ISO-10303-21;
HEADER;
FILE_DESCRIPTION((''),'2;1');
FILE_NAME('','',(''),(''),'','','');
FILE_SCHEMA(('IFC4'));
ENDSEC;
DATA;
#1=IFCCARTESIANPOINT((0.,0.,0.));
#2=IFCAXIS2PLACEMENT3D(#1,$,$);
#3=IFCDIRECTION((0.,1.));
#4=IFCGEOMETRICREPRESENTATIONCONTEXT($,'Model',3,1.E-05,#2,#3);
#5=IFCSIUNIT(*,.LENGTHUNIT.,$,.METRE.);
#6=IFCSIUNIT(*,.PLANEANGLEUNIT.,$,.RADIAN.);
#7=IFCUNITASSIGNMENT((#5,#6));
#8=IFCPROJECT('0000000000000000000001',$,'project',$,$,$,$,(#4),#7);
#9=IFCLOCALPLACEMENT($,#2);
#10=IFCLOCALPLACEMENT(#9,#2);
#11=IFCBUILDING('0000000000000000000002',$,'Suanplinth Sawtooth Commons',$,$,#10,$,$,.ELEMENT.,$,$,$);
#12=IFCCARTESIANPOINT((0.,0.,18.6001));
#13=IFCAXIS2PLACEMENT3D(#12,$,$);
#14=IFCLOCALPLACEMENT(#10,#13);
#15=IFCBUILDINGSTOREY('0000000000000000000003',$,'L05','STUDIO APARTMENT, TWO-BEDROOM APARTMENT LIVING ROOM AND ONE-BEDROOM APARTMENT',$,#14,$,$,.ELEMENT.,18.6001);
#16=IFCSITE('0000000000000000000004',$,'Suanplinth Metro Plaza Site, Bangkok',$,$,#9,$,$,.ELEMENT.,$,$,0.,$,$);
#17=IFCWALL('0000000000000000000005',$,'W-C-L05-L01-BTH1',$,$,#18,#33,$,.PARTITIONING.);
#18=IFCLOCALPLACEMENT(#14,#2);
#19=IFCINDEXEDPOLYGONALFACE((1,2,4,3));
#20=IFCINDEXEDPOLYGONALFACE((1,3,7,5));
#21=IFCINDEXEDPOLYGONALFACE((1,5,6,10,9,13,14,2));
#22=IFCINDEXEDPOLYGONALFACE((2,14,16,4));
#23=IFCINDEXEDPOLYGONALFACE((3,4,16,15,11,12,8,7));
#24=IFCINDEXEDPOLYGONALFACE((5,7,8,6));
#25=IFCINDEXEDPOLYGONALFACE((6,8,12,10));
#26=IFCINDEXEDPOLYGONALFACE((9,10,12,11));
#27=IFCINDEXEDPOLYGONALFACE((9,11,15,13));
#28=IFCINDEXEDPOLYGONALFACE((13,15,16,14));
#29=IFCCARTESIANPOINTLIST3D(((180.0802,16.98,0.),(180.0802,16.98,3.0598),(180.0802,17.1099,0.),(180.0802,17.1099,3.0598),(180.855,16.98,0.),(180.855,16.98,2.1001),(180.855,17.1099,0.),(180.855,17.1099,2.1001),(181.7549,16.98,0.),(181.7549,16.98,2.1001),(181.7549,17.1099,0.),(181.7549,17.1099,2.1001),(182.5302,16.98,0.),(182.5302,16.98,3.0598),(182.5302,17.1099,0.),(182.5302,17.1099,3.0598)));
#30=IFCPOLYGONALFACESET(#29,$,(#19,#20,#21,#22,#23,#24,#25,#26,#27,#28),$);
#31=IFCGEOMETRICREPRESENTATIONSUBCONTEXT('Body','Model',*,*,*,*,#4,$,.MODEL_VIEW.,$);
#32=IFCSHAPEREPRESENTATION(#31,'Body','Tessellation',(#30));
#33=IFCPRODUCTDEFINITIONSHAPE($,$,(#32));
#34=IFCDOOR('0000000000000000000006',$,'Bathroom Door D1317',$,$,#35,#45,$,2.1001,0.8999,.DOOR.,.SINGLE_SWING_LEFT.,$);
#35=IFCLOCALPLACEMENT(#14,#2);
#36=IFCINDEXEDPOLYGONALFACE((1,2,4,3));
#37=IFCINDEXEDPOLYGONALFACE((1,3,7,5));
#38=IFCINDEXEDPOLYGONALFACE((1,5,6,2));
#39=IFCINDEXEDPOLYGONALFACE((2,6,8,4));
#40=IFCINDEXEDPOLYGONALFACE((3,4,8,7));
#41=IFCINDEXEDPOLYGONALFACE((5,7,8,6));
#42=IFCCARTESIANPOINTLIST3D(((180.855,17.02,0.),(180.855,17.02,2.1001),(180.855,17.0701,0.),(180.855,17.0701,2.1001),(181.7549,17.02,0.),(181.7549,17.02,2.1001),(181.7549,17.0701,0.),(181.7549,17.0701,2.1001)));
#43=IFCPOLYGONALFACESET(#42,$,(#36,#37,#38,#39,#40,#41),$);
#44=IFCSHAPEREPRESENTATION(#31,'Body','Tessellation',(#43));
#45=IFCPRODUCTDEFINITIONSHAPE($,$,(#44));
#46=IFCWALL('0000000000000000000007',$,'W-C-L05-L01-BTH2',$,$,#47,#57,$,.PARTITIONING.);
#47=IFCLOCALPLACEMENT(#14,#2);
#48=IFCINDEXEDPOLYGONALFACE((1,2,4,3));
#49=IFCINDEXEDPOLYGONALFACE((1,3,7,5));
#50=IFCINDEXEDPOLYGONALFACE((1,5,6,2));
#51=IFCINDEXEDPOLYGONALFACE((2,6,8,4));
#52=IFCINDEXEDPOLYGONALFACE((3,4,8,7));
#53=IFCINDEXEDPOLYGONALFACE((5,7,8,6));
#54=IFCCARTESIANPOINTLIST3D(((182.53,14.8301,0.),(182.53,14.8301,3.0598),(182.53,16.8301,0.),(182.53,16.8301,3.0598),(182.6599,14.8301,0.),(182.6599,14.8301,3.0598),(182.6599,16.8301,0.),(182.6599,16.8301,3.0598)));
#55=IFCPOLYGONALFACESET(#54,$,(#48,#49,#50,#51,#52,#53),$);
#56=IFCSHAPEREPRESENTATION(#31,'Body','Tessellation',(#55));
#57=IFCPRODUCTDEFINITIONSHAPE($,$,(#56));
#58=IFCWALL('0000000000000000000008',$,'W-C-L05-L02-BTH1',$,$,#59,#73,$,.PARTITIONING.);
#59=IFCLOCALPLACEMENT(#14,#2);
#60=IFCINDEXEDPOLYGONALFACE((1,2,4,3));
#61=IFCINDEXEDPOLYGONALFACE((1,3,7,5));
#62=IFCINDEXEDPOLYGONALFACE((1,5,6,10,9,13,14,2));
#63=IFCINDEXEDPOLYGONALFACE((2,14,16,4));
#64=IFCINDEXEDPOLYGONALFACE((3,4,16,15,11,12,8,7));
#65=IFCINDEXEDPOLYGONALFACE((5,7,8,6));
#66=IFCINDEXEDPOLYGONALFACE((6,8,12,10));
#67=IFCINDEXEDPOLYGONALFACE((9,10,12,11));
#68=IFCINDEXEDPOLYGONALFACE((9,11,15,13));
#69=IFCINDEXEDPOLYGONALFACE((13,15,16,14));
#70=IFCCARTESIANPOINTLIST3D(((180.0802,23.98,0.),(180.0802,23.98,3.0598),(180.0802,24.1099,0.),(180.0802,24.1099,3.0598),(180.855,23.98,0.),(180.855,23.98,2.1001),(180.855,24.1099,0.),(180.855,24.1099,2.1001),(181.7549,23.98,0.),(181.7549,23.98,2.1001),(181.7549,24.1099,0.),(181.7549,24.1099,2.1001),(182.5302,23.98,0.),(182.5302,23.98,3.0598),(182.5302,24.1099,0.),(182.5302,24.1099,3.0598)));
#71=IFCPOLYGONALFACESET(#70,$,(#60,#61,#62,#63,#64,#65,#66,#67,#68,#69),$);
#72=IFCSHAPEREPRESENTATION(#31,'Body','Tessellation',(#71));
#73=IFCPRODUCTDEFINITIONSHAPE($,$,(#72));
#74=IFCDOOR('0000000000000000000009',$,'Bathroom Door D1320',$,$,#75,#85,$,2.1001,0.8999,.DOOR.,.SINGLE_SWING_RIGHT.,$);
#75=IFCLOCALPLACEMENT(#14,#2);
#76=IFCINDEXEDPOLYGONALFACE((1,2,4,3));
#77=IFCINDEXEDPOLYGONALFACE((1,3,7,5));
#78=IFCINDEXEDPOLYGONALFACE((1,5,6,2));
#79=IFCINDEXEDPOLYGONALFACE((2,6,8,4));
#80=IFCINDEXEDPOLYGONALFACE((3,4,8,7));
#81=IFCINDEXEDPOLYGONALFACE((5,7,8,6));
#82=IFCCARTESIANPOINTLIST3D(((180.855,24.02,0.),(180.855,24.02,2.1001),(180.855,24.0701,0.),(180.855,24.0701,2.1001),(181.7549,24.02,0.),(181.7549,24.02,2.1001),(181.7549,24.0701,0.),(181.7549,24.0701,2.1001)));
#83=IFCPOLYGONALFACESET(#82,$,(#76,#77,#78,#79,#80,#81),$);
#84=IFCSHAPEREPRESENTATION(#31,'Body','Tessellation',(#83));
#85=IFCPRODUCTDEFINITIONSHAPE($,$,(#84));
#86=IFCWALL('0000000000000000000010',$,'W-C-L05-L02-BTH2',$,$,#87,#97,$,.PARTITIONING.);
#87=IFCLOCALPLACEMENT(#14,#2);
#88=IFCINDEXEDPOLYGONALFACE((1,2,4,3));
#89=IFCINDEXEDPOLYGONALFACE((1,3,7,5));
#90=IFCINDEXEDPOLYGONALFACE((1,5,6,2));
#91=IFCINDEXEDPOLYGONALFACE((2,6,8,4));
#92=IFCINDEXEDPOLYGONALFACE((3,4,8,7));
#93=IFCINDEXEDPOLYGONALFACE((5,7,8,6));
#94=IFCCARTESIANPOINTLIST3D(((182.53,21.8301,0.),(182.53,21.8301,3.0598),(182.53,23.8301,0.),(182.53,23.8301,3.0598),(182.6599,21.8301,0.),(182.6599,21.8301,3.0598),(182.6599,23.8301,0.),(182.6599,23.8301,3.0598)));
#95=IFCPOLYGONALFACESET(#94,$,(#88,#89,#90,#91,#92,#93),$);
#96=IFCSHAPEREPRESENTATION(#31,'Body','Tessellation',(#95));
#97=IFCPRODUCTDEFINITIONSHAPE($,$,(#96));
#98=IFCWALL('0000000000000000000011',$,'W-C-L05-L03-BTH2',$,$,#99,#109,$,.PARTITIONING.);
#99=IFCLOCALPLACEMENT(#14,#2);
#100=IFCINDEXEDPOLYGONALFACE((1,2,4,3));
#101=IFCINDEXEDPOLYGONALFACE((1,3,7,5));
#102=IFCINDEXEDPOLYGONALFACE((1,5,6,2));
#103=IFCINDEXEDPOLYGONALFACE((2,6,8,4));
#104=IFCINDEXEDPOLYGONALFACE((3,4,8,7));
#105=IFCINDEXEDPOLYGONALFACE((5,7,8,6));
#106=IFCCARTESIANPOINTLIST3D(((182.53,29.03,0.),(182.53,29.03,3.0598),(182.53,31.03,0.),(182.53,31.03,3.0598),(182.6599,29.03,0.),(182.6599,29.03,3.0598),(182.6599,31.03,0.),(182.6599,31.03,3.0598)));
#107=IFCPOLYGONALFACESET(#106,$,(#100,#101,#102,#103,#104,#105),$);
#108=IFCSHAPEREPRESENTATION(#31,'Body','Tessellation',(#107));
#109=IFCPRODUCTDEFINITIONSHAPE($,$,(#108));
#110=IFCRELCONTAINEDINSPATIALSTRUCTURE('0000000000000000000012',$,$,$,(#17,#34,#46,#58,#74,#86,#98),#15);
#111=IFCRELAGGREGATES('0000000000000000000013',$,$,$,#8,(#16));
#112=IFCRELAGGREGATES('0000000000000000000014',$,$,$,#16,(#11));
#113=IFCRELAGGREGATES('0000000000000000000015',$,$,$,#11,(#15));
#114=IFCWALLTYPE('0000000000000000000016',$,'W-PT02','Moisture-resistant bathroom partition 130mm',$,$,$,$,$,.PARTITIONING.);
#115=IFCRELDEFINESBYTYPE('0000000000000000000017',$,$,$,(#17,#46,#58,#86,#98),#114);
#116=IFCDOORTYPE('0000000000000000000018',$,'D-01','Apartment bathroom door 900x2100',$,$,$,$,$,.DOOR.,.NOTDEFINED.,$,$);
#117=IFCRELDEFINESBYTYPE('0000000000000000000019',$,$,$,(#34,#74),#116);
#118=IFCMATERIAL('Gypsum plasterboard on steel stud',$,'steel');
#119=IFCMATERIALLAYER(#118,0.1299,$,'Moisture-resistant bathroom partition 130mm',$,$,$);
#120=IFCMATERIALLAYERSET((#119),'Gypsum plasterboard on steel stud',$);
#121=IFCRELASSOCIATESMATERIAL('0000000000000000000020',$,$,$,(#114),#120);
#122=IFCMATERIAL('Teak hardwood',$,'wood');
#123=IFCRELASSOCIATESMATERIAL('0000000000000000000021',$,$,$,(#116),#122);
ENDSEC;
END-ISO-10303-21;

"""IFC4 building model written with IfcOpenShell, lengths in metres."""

from ifc_helpers import new_model, si_unit, direction, frame, frame_2d, origin, place, context, subcontext, project, spatial, rectangle, extrude, material, layer, layer_set, type_object, element, fill, save


model = new_model("IFC4")

# Units and contexts
model_context = context("Model", 3, precision=1e-05, world=origin(), true_north=direction((0.0, 1.0)))
body_context = subcontext(model_context, "Body", "Model", "MODEL_VIEW")
ifc_project = project(units=[si_unit("LENGTHUNIT", "METRE"), si_unit("PLANEANGLEUNIT", "RADIAN")], contexts=[model_context])

# Site, building, storey
site_placement = place(None, origin())
site = spatial("IfcSite", under=ifc_project, at=site_placement, Name="Suanplinth Metro Plaza Site, Bangkok", CompositionType="ELEMENT", RefElevation=0.0)
building_placement = place(site_placement, origin())
building = spatial("IfcBuilding", under=site, at=building_placement, Name="Suanplinth Sawtooth Commons", CompositionType="ELEMENT")
storey_placement = place(building_placement, frame((0.0, 0.0, 18.6001)))
storey = spatial("IfcBuildingStorey", under=building, at=storey_placement, Name="L05", Description="STUDIO APARTMENT, TWO-BEDROOM APARTMENT LIVING ROOM AND ONE-BEDROOM APARTMENT", CompositionType="ELEMENT", Elevation=18.6001)

# Wall, opening, door
ifc_material_1 = material(Name="Gypsum plasterboard on steel stud", Category="steel")
ifc_layer_1 = layer(ifc_material_1, 0.1299, Name="Moisture-resistant bathroom partition 130mm")
ifc_layer_set_1 = layer_set([ifc_layer_1], Name="Gypsum plasterboard on steel stud")
wall_type_1 = type_object("IfcWallType", Name="W-PT02", Description="Moisture-resistant bathroom partition 130mm", PredefinedType="PARTITIONING", material=ifc_layer_set_1)
wall_1_placement = place(storey_placement, frame((180.0801, 17.0449, 0.0), z_axis=(0.0, 0.0, 1.0), x_axis=(1.0, 0.0, 0.0)))
wall_1 = element("IfcWall", 1, at=wall_1_placement, inside=storey, type_object=wall_type_1, Name="W-C-L05-L01-BTH1", PredefinedType="PARTITIONING", context=body_context, shape_type="SweptSolid", body=[
    extrude(rectangle(XDim=2.45, YDim=0.1299, at=frame_2d((1.2251, 0.0))), origin(), (0.0, 0.0, 1.0), 3.0598),
])
opening_1_placement = place(wall_1_placement, frame((0.7749, 0.0, 0.0)))
opening_1 = element("IfcOpeningElement", 2, at=opening_1_placement, cuts=wall_1, PredefinedType="OPENING", context=body_context, shape_type="SweptSolid", body=[
    extrude(rectangle(XDim=0.8999, YDim=2.1001, at=frame_2d((0.45, 1.05))), frame((0.0, 0.0798, 0.0), z_axis=(0.0, -1.0, 0.0), x_axis=(1.0, 0.0, 0.0)), (0.0, 0.0, 1.0), 0.1597),
])
ifc_material_2 = material(Name="Teak hardwood", Category="wood")
door_type_1 = type_object("IfcDoorType", Name="D-01", Description="Apartment bathroom door 900x2100", OperationType="NOTDEFINED", PredefinedType="DOOR", material=ifc_material_2)
door_1_placement = place(opening_1_placement, frame((0.8999, 0.0, 0.0), z_axis=(0.0, 0.0, 1.0), x_axis=(-1.0, 0.0, 0.0)))
door_1 = element("IfcDoor", 3, at=door_1_placement, inside=storey, type_object=door_type_1, Name="Bathroom Door D1317", OperationType="SINGLE_SWING_LEFT", OverallHeight=2.1001, OverallWidth=0.8999, PredefinedType="DOOR", context=body_context, shape_type="SweptSolid", body=[
    extrude(rectangle(XDim=0.8999, YDim=2.1001, at=frame_2d((0.45, 1.05))), frame((0.0, 0.0249, 0.0), z_axis=(0.0, -1.0, 0.0), x_axis=(1.0, 0.0, 0.0)), (0.0, 0.0, 1.0), 0.05),
])
fill(opening_1, door_1)

# Wall
wall_2_placement = place(storey_placement, frame((182.595, 14.8301, 0.0), z_axis=(0.0, 0.0, 1.0), x_axis=(0.0, 1.0, 0.0)))
element("IfcWall", 4, at=wall_2_placement, inside=storey, type_object=wall_type_1, Name="W-C-L05-L01-BTH2", PredefinedType="PARTITIONING", context=body_context, shape_type="SweptSolid", body=[
    extrude(rectangle(XDim=2.0, YDim=0.1299, at=frame_2d((1.0, 0.0))), origin(), (0.0, 0.0, 1.0), 3.0598),
])

# Wall, opening, door
wall_3_placement = place(storey_placement, frame((180.0801, 24.0449, 0.0), z_axis=(0.0, 0.0, 1.0), x_axis=(1.0, 0.0, 0.0)))
wall_3 = element("IfcWall", 5, at=wall_3_placement, inside=storey, type_object=wall_type_1, Name="W-C-L05-L02-BTH1", PredefinedType="PARTITIONING", context=body_context, shape_type="SweptSolid", body=[
    extrude(rectangle(XDim=2.45, YDim=0.1299, at=frame_2d((1.2251, 0.0))), origin(), (0.0, 0.0, 1.0), 3.0598),
])
opening_2_placement = place(wall_3_placement, frame((0.7749, 0.0, 0.0)))
opening_2 = element("IfcOpeningElement", 6, at=opening_2_placement, cuts=wall_3, PredefinedType="OPENING", context=body_context, shape_type="SweptSolid", body=[
    extrude(rectangle(XDim=0.8999, YDim=2.1001, at=frame_2d((0.45, 1.05))), frame((0.0, 0.0798, 0.0), z_axis=(0.0, -1.0, 0.0), x_axis=(1.0, 0.0, 0.0)), (0.0, 0.0, 1.0), 0.1597),
])
door_2_placement = place(opening_2_placement, frame((0.8999, 0.0, 0.0), z_axis=(0.0, 0.0, 1.0), x_axis=(-1.0, 0.0, 0.0)))
door_2 = element("IfcDoor", 7, at=door_2_placement, inside=storey, type_object=door_type_1, Name="Bathroom Door D1320", OperationType="SINGLE_SWING_RIGHT", OverallHeight=2.1001, OverallWidth=0.8999, PredefinedType="DOOR", context=body_context, shape_type="SweptSolid", body=[
    extrude(rectangle(XDim=0.8999, YDim=2.1001, at=frame_2d((0.45, 1.05))), frame((0.0, 0.0249, 0.0), z_axis=(0.0, -1.0, 0.0), x_axis=(1.0, 0.0, 0.0)), (0.0, 0.0, 1.0), 0.05),
])
fill(opening_2, door_2)

# Walls
for number, where, z_axis, x_axis, name in (
    (8, (182.595, 21.8301, 0.0), (0.0, 0.0, 1.0), (0.0, 1.0, 0.0), "W-C-L05-L02-BTH2"),
    (9, (182.595, 29.03, 0.0), (0.0, 0.0, 1.0), (0.0, 1.0, 0.0), "W-C-L05-L03-BTH2"),
):
    element("IfcWall", number, at=place(storey_placement, frame(where, z_axis=z_axis, x_axis=x_axis)), inside=storey, type_object=wall_type_1, Name=name, PredefinedType="PARTITIONING", context=body_context, shape_type="SweptSolid", body=[
        extrude(rectangle(XDim=2.0, YDim=0.1299, at=frame_2d((1.0, 0.0))), origin(), (0.0, 0.0, 1.0), 3.0598),
    ])

save(model, "model.ifc")
